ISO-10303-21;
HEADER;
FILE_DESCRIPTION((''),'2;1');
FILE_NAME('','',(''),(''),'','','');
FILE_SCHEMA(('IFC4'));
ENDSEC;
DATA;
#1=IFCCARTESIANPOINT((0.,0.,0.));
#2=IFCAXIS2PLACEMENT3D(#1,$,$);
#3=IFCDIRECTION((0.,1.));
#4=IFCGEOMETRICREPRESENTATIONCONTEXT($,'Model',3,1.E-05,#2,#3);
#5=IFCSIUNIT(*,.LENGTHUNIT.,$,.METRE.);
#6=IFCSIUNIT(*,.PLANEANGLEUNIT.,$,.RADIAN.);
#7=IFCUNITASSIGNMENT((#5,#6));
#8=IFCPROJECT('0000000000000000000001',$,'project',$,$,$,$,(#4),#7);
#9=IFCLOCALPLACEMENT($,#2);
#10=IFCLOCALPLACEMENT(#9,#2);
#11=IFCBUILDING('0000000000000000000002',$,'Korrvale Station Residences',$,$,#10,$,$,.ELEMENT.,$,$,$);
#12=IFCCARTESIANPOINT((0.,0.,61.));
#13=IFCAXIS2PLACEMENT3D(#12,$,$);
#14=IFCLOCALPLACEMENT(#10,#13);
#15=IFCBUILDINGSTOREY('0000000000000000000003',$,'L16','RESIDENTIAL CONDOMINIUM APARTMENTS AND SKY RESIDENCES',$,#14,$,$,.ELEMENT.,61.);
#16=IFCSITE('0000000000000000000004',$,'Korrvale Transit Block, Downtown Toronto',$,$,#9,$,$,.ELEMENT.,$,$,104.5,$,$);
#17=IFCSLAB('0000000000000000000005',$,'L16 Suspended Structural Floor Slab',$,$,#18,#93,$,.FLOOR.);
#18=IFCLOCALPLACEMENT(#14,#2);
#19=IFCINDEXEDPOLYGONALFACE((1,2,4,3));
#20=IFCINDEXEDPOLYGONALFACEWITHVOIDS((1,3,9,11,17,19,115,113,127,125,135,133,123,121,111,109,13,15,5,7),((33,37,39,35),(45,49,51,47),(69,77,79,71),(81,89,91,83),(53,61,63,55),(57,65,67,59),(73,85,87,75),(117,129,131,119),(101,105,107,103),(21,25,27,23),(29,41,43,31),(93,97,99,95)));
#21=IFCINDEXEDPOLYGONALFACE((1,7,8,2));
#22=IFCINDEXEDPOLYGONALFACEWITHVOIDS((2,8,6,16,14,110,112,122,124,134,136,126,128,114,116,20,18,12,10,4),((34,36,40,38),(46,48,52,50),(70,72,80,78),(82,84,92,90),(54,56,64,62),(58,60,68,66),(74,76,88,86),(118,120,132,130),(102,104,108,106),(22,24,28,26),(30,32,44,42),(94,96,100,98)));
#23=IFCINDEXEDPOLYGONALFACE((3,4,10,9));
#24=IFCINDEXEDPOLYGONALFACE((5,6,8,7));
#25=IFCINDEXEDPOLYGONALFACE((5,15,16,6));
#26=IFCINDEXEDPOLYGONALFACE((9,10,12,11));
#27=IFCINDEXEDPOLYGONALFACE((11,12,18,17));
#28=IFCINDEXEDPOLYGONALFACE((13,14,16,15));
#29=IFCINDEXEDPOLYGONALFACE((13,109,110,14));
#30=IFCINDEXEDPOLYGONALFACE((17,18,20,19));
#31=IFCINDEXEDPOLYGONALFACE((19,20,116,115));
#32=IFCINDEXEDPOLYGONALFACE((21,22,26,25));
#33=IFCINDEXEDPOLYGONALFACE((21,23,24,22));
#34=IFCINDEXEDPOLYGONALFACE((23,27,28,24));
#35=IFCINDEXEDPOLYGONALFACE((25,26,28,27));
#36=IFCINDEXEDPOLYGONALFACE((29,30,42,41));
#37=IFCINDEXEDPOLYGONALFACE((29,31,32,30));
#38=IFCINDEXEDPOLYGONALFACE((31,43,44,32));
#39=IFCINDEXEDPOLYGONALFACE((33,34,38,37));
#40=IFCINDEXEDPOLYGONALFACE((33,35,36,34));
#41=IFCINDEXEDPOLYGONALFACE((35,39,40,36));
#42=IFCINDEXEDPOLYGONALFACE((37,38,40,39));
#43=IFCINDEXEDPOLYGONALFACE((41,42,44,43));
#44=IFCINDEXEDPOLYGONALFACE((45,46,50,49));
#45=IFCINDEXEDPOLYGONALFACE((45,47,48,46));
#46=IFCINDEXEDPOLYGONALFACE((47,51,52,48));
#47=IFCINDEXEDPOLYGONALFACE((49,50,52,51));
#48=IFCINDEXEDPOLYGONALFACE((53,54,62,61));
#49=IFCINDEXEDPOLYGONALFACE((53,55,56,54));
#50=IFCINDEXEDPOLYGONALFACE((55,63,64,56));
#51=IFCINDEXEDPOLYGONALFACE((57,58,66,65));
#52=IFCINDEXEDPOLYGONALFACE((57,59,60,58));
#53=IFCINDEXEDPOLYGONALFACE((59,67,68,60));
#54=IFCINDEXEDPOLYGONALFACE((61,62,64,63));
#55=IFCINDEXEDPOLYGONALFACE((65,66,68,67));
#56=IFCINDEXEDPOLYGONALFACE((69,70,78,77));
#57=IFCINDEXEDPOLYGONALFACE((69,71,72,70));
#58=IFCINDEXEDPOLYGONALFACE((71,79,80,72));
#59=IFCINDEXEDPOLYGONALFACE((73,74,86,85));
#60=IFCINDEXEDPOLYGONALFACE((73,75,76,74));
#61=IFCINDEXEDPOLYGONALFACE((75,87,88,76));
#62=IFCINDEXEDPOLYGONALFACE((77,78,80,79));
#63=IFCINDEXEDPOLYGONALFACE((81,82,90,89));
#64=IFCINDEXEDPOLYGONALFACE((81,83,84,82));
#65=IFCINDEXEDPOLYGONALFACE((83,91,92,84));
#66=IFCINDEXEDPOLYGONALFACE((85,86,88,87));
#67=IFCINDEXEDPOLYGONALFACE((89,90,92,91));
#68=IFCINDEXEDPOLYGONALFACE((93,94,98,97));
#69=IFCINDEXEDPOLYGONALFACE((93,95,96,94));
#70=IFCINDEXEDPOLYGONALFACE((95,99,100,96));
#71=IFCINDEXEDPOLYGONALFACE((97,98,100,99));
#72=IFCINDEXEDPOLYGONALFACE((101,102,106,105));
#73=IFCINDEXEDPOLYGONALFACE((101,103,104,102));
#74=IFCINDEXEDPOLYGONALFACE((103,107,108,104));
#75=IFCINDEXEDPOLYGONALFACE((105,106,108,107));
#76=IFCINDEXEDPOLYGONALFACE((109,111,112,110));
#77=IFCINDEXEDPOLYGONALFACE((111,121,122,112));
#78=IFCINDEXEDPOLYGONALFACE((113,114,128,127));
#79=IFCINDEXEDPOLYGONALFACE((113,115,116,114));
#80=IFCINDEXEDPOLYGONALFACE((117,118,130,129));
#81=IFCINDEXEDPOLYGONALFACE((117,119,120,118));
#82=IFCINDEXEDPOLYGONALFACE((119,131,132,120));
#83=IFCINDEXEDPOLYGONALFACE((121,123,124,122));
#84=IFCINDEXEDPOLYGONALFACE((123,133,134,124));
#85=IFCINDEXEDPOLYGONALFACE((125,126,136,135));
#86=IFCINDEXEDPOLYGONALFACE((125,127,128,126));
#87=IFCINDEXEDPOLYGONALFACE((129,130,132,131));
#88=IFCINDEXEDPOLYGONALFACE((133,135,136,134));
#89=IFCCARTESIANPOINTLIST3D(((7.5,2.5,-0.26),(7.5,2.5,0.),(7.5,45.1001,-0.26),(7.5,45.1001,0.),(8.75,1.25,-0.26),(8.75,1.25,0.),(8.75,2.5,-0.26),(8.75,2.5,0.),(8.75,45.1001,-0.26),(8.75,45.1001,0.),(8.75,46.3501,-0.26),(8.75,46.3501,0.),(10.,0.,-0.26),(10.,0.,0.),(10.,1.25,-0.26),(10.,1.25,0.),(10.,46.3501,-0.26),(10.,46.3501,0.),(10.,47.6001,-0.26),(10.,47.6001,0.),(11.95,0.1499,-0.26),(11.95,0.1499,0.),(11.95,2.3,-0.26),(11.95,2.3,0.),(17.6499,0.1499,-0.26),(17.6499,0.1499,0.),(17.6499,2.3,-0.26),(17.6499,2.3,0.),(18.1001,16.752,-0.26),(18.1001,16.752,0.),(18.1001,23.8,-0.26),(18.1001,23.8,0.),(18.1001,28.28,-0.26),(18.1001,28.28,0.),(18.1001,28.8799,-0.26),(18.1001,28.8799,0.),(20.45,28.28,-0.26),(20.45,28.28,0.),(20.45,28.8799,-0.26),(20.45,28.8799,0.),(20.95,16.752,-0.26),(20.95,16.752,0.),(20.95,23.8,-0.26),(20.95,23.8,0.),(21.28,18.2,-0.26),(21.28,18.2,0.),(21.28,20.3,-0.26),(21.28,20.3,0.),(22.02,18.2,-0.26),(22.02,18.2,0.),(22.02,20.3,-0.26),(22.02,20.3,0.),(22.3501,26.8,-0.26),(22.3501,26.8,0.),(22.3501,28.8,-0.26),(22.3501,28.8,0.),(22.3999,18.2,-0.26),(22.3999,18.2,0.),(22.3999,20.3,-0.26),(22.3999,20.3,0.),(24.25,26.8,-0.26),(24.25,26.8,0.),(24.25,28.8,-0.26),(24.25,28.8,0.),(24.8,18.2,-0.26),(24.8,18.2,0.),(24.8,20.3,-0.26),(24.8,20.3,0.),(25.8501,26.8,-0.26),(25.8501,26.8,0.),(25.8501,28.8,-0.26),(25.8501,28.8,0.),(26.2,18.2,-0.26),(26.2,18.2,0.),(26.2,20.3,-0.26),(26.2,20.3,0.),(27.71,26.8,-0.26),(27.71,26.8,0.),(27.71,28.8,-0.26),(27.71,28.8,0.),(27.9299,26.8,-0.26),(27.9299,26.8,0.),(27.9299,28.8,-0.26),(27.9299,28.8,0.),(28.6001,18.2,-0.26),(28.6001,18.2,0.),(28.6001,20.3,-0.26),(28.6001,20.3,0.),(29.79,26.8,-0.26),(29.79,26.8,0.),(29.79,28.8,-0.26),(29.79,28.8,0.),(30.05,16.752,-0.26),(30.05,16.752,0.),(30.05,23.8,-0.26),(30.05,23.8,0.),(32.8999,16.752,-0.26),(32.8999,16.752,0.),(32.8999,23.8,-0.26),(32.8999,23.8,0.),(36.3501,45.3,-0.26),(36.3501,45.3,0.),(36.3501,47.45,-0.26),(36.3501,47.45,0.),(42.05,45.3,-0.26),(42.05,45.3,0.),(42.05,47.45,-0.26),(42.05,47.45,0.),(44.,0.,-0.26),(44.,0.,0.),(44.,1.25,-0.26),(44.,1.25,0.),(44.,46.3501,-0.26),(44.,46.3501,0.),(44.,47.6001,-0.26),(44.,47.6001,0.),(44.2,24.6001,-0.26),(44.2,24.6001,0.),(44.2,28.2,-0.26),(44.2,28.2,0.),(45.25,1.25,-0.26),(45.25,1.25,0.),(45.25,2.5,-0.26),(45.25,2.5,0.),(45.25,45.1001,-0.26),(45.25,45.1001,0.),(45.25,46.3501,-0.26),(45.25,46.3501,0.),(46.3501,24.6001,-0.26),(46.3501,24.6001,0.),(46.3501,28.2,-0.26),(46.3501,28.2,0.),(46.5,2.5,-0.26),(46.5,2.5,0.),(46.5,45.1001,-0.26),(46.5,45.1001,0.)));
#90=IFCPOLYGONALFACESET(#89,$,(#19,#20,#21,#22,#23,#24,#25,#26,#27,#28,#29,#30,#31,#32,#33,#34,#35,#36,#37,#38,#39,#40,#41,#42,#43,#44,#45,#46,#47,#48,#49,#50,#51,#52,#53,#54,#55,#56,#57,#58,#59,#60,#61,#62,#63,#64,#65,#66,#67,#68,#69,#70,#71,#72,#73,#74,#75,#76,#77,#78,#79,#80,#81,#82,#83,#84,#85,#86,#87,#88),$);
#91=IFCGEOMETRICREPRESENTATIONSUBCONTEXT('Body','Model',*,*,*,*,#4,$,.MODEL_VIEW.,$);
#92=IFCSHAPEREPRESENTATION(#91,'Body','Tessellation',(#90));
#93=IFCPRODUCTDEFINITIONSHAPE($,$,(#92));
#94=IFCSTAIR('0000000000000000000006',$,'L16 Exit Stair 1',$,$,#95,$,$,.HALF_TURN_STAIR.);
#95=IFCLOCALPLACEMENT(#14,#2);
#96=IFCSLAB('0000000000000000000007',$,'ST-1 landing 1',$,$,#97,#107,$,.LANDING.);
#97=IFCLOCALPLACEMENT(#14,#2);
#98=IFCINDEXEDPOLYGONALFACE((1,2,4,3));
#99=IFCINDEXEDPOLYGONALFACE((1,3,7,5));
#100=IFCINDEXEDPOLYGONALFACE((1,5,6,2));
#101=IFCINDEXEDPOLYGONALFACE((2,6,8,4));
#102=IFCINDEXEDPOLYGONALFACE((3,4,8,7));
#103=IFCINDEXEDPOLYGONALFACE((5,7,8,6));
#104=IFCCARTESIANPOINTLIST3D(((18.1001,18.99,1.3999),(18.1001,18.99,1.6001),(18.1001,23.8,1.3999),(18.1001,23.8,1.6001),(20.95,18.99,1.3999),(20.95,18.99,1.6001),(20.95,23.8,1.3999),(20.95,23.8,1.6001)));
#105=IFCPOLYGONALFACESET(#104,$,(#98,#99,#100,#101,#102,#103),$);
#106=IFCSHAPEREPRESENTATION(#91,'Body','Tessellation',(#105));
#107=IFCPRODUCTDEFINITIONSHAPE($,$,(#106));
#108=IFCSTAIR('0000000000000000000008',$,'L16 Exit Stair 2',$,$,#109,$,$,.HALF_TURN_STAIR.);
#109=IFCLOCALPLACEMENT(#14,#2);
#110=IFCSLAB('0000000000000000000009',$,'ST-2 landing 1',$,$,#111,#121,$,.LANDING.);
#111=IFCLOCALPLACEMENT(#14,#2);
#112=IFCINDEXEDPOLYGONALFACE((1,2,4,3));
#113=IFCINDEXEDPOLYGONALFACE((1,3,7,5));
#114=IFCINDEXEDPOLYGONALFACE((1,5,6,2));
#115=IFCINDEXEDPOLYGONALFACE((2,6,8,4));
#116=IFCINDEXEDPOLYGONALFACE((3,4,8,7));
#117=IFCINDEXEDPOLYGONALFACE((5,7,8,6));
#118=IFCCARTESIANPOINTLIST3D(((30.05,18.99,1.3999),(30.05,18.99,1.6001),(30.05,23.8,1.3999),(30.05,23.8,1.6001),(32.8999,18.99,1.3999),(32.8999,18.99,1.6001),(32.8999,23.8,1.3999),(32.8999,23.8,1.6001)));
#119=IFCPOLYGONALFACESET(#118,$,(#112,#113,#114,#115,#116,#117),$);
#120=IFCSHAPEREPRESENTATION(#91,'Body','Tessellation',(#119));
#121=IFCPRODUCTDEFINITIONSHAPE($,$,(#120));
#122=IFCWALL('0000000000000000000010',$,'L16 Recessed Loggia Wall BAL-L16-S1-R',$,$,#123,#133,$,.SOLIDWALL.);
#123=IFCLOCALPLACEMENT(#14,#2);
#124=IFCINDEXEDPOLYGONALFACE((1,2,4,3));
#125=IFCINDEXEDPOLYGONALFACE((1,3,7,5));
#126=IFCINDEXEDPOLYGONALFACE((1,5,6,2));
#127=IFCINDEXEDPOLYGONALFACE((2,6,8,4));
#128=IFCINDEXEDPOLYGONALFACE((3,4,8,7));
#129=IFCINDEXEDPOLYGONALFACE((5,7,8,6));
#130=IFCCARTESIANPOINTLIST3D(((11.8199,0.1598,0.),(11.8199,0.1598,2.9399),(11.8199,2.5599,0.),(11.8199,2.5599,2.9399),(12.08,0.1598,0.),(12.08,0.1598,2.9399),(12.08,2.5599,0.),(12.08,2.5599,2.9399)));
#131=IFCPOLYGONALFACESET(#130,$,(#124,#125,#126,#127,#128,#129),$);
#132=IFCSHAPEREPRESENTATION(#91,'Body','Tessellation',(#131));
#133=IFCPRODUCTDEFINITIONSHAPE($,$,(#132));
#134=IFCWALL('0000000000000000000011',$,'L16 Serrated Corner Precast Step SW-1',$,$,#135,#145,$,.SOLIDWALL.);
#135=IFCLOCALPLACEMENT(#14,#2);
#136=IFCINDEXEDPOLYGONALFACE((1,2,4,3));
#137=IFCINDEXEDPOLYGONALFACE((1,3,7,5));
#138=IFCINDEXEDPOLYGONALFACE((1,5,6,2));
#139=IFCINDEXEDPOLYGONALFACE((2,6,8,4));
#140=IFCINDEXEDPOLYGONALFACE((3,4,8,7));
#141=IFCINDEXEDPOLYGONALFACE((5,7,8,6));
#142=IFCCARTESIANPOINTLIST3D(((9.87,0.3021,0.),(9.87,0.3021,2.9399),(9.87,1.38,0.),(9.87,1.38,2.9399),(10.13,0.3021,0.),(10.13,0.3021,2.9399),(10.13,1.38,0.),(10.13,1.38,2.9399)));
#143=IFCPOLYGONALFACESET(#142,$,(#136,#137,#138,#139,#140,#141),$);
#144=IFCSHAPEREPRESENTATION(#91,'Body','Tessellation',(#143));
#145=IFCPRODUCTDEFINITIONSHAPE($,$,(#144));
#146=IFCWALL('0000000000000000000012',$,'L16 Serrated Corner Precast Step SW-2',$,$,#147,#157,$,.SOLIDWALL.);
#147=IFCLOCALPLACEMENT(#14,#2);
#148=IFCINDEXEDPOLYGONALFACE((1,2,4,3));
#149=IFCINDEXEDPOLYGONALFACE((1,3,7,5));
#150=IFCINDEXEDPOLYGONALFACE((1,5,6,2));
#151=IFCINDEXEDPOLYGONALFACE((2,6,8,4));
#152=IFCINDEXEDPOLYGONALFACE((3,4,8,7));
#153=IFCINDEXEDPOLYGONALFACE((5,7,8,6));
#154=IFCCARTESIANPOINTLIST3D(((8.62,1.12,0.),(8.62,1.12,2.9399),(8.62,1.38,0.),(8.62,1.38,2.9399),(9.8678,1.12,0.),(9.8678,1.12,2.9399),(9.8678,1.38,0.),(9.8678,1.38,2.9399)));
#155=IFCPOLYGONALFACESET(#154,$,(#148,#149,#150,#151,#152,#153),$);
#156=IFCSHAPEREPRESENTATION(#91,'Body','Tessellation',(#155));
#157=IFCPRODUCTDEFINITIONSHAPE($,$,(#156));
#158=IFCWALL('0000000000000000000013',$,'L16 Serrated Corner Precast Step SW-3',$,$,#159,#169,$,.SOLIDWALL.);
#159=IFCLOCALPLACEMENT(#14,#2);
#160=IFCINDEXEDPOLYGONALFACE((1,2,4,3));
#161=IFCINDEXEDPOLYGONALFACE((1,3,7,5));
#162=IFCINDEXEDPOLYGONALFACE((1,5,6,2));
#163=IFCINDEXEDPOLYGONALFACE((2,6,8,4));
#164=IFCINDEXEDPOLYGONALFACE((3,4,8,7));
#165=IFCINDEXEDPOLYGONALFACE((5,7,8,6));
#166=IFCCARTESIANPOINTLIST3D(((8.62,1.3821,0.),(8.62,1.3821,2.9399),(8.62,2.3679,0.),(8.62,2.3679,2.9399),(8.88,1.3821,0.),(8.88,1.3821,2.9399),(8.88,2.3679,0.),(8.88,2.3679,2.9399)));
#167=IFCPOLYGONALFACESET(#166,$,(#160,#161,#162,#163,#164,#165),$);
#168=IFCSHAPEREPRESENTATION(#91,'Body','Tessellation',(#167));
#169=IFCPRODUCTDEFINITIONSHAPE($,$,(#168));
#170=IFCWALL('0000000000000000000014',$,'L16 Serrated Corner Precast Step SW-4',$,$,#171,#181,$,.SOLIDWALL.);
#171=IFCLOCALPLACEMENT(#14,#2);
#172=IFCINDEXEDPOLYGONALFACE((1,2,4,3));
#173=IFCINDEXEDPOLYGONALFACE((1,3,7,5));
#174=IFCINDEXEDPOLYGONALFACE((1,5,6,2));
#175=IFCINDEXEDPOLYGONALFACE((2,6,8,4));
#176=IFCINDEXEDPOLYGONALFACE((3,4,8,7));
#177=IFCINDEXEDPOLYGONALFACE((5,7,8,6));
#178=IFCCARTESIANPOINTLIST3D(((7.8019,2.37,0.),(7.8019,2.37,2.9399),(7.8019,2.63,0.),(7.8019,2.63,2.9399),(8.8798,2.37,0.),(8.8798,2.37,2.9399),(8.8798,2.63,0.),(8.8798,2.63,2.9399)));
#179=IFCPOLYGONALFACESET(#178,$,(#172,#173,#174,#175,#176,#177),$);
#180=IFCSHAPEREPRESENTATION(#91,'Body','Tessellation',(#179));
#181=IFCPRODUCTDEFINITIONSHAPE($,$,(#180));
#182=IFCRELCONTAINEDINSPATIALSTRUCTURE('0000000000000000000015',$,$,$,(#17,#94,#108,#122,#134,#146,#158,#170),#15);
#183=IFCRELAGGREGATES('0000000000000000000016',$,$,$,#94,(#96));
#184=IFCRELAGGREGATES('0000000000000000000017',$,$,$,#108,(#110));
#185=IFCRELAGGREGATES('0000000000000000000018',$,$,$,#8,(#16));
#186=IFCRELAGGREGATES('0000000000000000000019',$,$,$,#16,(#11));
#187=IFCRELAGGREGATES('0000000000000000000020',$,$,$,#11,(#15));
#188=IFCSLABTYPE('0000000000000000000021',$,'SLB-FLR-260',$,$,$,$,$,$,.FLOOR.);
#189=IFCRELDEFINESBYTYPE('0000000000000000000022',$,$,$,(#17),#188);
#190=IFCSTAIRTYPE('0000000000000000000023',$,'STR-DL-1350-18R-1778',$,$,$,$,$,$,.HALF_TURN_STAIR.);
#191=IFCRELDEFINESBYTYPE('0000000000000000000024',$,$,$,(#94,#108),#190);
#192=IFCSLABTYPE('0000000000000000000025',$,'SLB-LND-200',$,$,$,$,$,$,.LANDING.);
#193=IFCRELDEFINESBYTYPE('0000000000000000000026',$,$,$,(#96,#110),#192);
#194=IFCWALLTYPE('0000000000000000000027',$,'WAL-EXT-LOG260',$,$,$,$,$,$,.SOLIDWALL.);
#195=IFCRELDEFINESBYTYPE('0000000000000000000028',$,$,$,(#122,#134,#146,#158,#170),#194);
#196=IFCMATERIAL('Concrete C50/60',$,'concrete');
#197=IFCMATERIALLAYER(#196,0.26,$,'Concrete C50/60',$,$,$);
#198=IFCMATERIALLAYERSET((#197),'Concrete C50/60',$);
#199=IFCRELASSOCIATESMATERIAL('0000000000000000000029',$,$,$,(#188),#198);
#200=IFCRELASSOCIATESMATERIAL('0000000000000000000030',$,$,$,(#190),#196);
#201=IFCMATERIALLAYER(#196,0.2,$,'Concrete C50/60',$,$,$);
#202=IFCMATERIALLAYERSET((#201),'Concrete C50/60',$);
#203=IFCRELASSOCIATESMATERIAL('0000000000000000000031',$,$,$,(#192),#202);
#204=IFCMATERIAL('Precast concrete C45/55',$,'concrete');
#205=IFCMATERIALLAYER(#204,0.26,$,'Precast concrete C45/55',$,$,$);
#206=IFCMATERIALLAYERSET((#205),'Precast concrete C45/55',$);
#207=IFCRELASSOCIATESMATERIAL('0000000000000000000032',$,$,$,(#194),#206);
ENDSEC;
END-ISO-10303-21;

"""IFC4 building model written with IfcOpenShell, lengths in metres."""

from ifc_helpers import new_model, si_unit, direction, frame, frame_2d, origin, place, context, subcontext, project, spatial, polyline, rectangle, outline, extrude, material, layer, layer_set, type_object, element, aggregate, save


model = new_model("IFC4")

# Units and contexts
model_context = context("Model", 3, precision=1e-05, world=origin(), true_north=direction((0.0, 1.0)))
body_context = subcontext(model_context, "Body", "Model", "MODEL_VIEW")
ifc_project = project(units=[si_unit("LENGTHUNIT", "METRE"), si_unit("PLANEANGLEUNIT", "RADIAN")], contexts=[model_context])

# Site, building, storey
site_placement = place(None, origin())
site = spatial("IfcSite", under=ifc_project, at=site_placement, Name="Korrvale Transit Block, Downtown Toronto", CompositionType="ELEMENT", RefElevation=104.5)
building_placement = place(site_placement, origin())
building = spatial("IfcBuilding", under=site, at=building_placement, Name="Korrvale Station Residences", CompositionType="ELEMENT")
storey_placement = place(building_placement, frame((0.0, 0.0, 61.0)))
storey = spatial("IfcBuildingStorey", under=building, at=storey_placement, Name="L16", Description="RESIDENTIAL CONDOMINIUM APARTMENTS AND SKY RESIDENCES", CompositionType="ELEMENT", Elevation=61.0)

# Slab
ifc_material_1 = material(Name="Concrete C50/60", Category="concrete")
ifc_layer_1 = layer(ifc_material_1, 0.26, Name="Concrete C50/60")
ifc_layer_set_1 = layer_set([ifc_layer_1], Name="Concrete C50/60")
slab_type_1 = type_object("IfcSlabType", Name="SLB-FLR-260", PredefinedType="FLOOR", material=ifc_layer_set_1)
slab_1_placement = place(storey_placement, frame((0.0, 0.0, -0.26)))
element("IfcSlab", 1, at=slab_1_placement, inside=storey, type_object=slab_type_1, Name="L16 Suspended Structural Floor Slab", PredefinedType="FLOOR", context=body_context, shape_type="SweptSolid", body=[
    extrude(outline(polyline([(10.0, 0.0), (44.0, 0.0), (44.0, 1.25), (45.25, 1.25), (45.25, 2.5), (46.5, 2.5), (46.5, 45.1001), (45.25, 45.1001), (45.25, 46.3501), (44.0, 46.3501), (44.0, 47.6001), (10.0, 47.6001), (10.0, 46.3501), (8.75, 46.3501), (8.75, 45.1001), (7.5, 45.1001), (7.5, 2.5), (8.75, 2.5), (8.75, 1.25), (10.0, 1.25), (10.0, 0.0)]), holes=[polyline([(20.95, 16.752), (20.95, 23.8), (18.1001, 23.8), (18.1001, 16.752), (20.95, 16.752)]), polyline([(32.8999, 16.752), (32.8999, 23.8), (30.05, 23.8), (30.05, 16.752), (32.8999, 16.752)]), polyline([(22.3501, 26.8), (24.25, 26.8), (24.25, 28.8), (22.3501, 28.8), (22.3501, 26.8)]), polyline([(25.8501, 26.8), (27.71, 26.8), (27.71, 28.8), (25.8501, 28.8), (25.8501, 26.8)]), polyline([(27.9299, 26.8), (29.79, 26.8), (29.79, 28.8), (27.9299, 28.8), (27.9299, 26.8)]), polyline([(22.3999, 18.2), (24.8, 18.2), (24.8, 20.3), (22.3999, 20.3), (22.3999, 18.2)]), polyline([(26.2, 18.2), (28.6001, 18.2), (28.6001, 20.3), (26.2, 20.3), (26.2, 18.2)]), polyline([(18.1001, 28.28), (20.45, 28.28), (20.45, 28.8799), (18.1001, 28.8799), (18.1001, 28.28)]), polyline([(21.28, 18.2), (22.02, 18.2), (22.02, 20.3), (21.28, 20.3), (21.28, 18.2)]), polyline([(11.95, 0.1499), (17.6499, 0.1499), (17.6499, 2.3), (11.95, 2.3), (11.95, 0.1499)]), polyline([(36.3501, 45.3), (42.05, 45.3), (42.05, 47.45), (36.3501, 47.45), (36.3501, 45.3)]), polyline([(44.2, 24.6001), (46.3501, 24.6001), (46.3501, 28.2), (44.2, 28.2), (44.2, 24.6001)])]), origin(), (0.0, 0.0, 1.0), 0.26),
])

# Stairs, slabs
stair_type = type_object("IfcStairType", Name="STR-DL-1350-18R-1778", PredefinedType="HALF_TURN_STAIR", material=ifc_material_1)
stair_1_placement = place(storey_placement, origin())
stair_1 = element("IfcStair", 2, at=stair_1_placement, inside=storey, type_object=stair_type, Name="L16 Exit Stair 1", PredefinedType="HALF_TURN_STAIR")
ifc_layer_2 = layer(ifc_material_1, 0.2, Name="Concrete C50/60")
ifc_layer_set_2 = layer_set([ifc_layer_2], Name="Concrete C50/60")
slab_type_2 = type_object("IfcSlabType", Name="SLB-LND-200", PredefinedType="LANDING", material=ifc_layer_set_2)
slab_2_placement = place(storey_placement, frame((0.0, 0.0, 1.3999)))
slab_2 = element("IfcSlab", 3, at=slab_2_placement, type_object=slab_type_2, Name="ST-1 landing 1", PredefinedType="LANDING", context=body_context, shape_type="SweptSolid", body=[
    extrude(outline(polyline([(20.95, 18.99), (20.95, 23.8), (18.1001, 23.8), (18.1001, 18.99), (20.95, 18.99)])), origin(), (0.0, 0.0, 1.0), 0.2002),
])
aggregate(stair_1, [slab_2])
stair_2_placement = place(storey_placement, origin())
stair_2 = element("IfcStair", 4, at=stair_2_placement, inside=storey, type_object=stair_type, Name="L16 Exit Stair 2", PredefinedType="HALF_TURN_STAIR")
slab_3_placement = place(storey_placement, frame((0.0, 0.0, 1.3999)))
slab_3 = element("IfcSlab", 5, at=slab_3_placement, type_object=slab_type_2, Name="ST-2 landing 1", PredefinedType="LANDING", context=body_context, shape_type="SweptSolid", body=[
    extrude(outline(polyline([(32.8999, 18.99), (32.8999, 23.8), (30.05, 23.8), (30.05, 18.99), (32.8999, 18.99)])), origin(), (0.0, 0.0, 1.0), 0.2002),
])
aggregate(stair_2, [slab_3])

# Walls
ifc_material_2 = material(Name="Precast concrete C45/55", Category="concrete")
ifc_layer_3 = layer(ifc_material_2, 0.26, Name="Precast concrete C45/55")
ifc_layer_set_3 = layer_set([ifc_layer_3], Name="Precast concrete C45/55")
wall_type_1 = type_object("IfcWallType", Name="WAL-EXT-LOG260", PredefinedType="SOLIDWALL", material=ifc_layer_set_3)
wall_1_placement = place(storey_placement, frame((11.95, 2.5601, 0.0), z_axis=(0.0, 0.0, 1.0), x_axis=(0.0, -1.0, 0.0)))
element("IfcWall", 6, at=wall_1_placement, inside=storey, type_object=wall_type_1, Name="L16 Recessed Loggia Wall BAL-L16-S1-R", PredefinedType="SOLIDWALL", context=body_context, shape_type="SweptSolid", body=[
    extrude(rectangle(XDim=2.4001, YDim=0.26, at=frame_2d((1.2002, 0.0))), origin(), (0.0, 0.0, 1.0), 2.9399),
])
wall_2_placement = place(storey_placement, frame((10.0, 0.302, 0.0), z_axis=(0.0, 0.0, 1.0), x_axis=(0.0, 1.0, 0.0)))
element("IfcWall", 7, at=wall_2_placement, inside=storey, type_object=wall_type_1, Name="L16 Serrated Corner Precast Step SW-1", PredefinedType="SOLIDWALL", context=body_context, shape_type="SweptSolid", body=[
    extrude(rectangle(XDim=1.0779, YDim=0.26, at=frame_2d((0.5391, 0.0))), origin(), (0.0, 0.0, 1.0), 2.9399),
])
wall_3_placement = place(storey_placement, frame((9.8679, 1.25, 0.0), z_axis=(0.0, 0.0, 1.0), x_axis=(-1.0, 0.0, 0.0)))
element("IfcWall", 8, at=wall_3_placement, inside=storey, type_object=wall_type_1, Name="L16 Serrated Corner Precast Step SW-2", PredefinedType="SOLIDWALL", context=body_context, shape_type="SweptSolid", body=[
    extrude(rectangle(XDim=1.2478, YDim=0.26, at=frame_2d((0.624, 0.0))), origin(), (0.0, 0.0, 1.0), 2.9399),
])
wall_4_placement = place(storey_placement, frame((8.75, 1.3821, 0.0), z_axis=(0.0, 0.0, 1.0), x_axis=(0.0, 1.0, 0.0)))
element("IfcWall", 9, at=wall_4_placement, inside=storey, type_object=wall_type_1, Name="L16 Serrated Corner Precast Step SW-3", PredefinedType="SOLIDWALL", context=body_context, shape_type="SweptSolid", body=[
    extrude(rectangle(XDim=0.9858, YDim=0.26, at=frame_2d((0.4929, 0.0))), origin(), (0.0, 0.0, 1.0), 2.9399),
])
wall_5_placement = place(storey_placement, frame((8.8799, 2.5, 0.0), z_axis=(0.0, 0.0, 1.0), x_axis=(-1.0, 0.0, 0.0)))
element("IfcWall", 10, at=wall_5_placement, inside=storey, type_object=wall_type_1, Name="L16 Serrated Corner Precast Step SW-4", PredefinedType="SOLIDWALL", context=body_context, shape_type="SweptSolid", body=[
    extrude(rectangle(XDim=1.0779, YDim=0.26, at=frame_2d((0.5391, 0.0))), origin(), (0.0, 0.0, 1.0), 2.9399),
])

save(model, "model.ifc")
